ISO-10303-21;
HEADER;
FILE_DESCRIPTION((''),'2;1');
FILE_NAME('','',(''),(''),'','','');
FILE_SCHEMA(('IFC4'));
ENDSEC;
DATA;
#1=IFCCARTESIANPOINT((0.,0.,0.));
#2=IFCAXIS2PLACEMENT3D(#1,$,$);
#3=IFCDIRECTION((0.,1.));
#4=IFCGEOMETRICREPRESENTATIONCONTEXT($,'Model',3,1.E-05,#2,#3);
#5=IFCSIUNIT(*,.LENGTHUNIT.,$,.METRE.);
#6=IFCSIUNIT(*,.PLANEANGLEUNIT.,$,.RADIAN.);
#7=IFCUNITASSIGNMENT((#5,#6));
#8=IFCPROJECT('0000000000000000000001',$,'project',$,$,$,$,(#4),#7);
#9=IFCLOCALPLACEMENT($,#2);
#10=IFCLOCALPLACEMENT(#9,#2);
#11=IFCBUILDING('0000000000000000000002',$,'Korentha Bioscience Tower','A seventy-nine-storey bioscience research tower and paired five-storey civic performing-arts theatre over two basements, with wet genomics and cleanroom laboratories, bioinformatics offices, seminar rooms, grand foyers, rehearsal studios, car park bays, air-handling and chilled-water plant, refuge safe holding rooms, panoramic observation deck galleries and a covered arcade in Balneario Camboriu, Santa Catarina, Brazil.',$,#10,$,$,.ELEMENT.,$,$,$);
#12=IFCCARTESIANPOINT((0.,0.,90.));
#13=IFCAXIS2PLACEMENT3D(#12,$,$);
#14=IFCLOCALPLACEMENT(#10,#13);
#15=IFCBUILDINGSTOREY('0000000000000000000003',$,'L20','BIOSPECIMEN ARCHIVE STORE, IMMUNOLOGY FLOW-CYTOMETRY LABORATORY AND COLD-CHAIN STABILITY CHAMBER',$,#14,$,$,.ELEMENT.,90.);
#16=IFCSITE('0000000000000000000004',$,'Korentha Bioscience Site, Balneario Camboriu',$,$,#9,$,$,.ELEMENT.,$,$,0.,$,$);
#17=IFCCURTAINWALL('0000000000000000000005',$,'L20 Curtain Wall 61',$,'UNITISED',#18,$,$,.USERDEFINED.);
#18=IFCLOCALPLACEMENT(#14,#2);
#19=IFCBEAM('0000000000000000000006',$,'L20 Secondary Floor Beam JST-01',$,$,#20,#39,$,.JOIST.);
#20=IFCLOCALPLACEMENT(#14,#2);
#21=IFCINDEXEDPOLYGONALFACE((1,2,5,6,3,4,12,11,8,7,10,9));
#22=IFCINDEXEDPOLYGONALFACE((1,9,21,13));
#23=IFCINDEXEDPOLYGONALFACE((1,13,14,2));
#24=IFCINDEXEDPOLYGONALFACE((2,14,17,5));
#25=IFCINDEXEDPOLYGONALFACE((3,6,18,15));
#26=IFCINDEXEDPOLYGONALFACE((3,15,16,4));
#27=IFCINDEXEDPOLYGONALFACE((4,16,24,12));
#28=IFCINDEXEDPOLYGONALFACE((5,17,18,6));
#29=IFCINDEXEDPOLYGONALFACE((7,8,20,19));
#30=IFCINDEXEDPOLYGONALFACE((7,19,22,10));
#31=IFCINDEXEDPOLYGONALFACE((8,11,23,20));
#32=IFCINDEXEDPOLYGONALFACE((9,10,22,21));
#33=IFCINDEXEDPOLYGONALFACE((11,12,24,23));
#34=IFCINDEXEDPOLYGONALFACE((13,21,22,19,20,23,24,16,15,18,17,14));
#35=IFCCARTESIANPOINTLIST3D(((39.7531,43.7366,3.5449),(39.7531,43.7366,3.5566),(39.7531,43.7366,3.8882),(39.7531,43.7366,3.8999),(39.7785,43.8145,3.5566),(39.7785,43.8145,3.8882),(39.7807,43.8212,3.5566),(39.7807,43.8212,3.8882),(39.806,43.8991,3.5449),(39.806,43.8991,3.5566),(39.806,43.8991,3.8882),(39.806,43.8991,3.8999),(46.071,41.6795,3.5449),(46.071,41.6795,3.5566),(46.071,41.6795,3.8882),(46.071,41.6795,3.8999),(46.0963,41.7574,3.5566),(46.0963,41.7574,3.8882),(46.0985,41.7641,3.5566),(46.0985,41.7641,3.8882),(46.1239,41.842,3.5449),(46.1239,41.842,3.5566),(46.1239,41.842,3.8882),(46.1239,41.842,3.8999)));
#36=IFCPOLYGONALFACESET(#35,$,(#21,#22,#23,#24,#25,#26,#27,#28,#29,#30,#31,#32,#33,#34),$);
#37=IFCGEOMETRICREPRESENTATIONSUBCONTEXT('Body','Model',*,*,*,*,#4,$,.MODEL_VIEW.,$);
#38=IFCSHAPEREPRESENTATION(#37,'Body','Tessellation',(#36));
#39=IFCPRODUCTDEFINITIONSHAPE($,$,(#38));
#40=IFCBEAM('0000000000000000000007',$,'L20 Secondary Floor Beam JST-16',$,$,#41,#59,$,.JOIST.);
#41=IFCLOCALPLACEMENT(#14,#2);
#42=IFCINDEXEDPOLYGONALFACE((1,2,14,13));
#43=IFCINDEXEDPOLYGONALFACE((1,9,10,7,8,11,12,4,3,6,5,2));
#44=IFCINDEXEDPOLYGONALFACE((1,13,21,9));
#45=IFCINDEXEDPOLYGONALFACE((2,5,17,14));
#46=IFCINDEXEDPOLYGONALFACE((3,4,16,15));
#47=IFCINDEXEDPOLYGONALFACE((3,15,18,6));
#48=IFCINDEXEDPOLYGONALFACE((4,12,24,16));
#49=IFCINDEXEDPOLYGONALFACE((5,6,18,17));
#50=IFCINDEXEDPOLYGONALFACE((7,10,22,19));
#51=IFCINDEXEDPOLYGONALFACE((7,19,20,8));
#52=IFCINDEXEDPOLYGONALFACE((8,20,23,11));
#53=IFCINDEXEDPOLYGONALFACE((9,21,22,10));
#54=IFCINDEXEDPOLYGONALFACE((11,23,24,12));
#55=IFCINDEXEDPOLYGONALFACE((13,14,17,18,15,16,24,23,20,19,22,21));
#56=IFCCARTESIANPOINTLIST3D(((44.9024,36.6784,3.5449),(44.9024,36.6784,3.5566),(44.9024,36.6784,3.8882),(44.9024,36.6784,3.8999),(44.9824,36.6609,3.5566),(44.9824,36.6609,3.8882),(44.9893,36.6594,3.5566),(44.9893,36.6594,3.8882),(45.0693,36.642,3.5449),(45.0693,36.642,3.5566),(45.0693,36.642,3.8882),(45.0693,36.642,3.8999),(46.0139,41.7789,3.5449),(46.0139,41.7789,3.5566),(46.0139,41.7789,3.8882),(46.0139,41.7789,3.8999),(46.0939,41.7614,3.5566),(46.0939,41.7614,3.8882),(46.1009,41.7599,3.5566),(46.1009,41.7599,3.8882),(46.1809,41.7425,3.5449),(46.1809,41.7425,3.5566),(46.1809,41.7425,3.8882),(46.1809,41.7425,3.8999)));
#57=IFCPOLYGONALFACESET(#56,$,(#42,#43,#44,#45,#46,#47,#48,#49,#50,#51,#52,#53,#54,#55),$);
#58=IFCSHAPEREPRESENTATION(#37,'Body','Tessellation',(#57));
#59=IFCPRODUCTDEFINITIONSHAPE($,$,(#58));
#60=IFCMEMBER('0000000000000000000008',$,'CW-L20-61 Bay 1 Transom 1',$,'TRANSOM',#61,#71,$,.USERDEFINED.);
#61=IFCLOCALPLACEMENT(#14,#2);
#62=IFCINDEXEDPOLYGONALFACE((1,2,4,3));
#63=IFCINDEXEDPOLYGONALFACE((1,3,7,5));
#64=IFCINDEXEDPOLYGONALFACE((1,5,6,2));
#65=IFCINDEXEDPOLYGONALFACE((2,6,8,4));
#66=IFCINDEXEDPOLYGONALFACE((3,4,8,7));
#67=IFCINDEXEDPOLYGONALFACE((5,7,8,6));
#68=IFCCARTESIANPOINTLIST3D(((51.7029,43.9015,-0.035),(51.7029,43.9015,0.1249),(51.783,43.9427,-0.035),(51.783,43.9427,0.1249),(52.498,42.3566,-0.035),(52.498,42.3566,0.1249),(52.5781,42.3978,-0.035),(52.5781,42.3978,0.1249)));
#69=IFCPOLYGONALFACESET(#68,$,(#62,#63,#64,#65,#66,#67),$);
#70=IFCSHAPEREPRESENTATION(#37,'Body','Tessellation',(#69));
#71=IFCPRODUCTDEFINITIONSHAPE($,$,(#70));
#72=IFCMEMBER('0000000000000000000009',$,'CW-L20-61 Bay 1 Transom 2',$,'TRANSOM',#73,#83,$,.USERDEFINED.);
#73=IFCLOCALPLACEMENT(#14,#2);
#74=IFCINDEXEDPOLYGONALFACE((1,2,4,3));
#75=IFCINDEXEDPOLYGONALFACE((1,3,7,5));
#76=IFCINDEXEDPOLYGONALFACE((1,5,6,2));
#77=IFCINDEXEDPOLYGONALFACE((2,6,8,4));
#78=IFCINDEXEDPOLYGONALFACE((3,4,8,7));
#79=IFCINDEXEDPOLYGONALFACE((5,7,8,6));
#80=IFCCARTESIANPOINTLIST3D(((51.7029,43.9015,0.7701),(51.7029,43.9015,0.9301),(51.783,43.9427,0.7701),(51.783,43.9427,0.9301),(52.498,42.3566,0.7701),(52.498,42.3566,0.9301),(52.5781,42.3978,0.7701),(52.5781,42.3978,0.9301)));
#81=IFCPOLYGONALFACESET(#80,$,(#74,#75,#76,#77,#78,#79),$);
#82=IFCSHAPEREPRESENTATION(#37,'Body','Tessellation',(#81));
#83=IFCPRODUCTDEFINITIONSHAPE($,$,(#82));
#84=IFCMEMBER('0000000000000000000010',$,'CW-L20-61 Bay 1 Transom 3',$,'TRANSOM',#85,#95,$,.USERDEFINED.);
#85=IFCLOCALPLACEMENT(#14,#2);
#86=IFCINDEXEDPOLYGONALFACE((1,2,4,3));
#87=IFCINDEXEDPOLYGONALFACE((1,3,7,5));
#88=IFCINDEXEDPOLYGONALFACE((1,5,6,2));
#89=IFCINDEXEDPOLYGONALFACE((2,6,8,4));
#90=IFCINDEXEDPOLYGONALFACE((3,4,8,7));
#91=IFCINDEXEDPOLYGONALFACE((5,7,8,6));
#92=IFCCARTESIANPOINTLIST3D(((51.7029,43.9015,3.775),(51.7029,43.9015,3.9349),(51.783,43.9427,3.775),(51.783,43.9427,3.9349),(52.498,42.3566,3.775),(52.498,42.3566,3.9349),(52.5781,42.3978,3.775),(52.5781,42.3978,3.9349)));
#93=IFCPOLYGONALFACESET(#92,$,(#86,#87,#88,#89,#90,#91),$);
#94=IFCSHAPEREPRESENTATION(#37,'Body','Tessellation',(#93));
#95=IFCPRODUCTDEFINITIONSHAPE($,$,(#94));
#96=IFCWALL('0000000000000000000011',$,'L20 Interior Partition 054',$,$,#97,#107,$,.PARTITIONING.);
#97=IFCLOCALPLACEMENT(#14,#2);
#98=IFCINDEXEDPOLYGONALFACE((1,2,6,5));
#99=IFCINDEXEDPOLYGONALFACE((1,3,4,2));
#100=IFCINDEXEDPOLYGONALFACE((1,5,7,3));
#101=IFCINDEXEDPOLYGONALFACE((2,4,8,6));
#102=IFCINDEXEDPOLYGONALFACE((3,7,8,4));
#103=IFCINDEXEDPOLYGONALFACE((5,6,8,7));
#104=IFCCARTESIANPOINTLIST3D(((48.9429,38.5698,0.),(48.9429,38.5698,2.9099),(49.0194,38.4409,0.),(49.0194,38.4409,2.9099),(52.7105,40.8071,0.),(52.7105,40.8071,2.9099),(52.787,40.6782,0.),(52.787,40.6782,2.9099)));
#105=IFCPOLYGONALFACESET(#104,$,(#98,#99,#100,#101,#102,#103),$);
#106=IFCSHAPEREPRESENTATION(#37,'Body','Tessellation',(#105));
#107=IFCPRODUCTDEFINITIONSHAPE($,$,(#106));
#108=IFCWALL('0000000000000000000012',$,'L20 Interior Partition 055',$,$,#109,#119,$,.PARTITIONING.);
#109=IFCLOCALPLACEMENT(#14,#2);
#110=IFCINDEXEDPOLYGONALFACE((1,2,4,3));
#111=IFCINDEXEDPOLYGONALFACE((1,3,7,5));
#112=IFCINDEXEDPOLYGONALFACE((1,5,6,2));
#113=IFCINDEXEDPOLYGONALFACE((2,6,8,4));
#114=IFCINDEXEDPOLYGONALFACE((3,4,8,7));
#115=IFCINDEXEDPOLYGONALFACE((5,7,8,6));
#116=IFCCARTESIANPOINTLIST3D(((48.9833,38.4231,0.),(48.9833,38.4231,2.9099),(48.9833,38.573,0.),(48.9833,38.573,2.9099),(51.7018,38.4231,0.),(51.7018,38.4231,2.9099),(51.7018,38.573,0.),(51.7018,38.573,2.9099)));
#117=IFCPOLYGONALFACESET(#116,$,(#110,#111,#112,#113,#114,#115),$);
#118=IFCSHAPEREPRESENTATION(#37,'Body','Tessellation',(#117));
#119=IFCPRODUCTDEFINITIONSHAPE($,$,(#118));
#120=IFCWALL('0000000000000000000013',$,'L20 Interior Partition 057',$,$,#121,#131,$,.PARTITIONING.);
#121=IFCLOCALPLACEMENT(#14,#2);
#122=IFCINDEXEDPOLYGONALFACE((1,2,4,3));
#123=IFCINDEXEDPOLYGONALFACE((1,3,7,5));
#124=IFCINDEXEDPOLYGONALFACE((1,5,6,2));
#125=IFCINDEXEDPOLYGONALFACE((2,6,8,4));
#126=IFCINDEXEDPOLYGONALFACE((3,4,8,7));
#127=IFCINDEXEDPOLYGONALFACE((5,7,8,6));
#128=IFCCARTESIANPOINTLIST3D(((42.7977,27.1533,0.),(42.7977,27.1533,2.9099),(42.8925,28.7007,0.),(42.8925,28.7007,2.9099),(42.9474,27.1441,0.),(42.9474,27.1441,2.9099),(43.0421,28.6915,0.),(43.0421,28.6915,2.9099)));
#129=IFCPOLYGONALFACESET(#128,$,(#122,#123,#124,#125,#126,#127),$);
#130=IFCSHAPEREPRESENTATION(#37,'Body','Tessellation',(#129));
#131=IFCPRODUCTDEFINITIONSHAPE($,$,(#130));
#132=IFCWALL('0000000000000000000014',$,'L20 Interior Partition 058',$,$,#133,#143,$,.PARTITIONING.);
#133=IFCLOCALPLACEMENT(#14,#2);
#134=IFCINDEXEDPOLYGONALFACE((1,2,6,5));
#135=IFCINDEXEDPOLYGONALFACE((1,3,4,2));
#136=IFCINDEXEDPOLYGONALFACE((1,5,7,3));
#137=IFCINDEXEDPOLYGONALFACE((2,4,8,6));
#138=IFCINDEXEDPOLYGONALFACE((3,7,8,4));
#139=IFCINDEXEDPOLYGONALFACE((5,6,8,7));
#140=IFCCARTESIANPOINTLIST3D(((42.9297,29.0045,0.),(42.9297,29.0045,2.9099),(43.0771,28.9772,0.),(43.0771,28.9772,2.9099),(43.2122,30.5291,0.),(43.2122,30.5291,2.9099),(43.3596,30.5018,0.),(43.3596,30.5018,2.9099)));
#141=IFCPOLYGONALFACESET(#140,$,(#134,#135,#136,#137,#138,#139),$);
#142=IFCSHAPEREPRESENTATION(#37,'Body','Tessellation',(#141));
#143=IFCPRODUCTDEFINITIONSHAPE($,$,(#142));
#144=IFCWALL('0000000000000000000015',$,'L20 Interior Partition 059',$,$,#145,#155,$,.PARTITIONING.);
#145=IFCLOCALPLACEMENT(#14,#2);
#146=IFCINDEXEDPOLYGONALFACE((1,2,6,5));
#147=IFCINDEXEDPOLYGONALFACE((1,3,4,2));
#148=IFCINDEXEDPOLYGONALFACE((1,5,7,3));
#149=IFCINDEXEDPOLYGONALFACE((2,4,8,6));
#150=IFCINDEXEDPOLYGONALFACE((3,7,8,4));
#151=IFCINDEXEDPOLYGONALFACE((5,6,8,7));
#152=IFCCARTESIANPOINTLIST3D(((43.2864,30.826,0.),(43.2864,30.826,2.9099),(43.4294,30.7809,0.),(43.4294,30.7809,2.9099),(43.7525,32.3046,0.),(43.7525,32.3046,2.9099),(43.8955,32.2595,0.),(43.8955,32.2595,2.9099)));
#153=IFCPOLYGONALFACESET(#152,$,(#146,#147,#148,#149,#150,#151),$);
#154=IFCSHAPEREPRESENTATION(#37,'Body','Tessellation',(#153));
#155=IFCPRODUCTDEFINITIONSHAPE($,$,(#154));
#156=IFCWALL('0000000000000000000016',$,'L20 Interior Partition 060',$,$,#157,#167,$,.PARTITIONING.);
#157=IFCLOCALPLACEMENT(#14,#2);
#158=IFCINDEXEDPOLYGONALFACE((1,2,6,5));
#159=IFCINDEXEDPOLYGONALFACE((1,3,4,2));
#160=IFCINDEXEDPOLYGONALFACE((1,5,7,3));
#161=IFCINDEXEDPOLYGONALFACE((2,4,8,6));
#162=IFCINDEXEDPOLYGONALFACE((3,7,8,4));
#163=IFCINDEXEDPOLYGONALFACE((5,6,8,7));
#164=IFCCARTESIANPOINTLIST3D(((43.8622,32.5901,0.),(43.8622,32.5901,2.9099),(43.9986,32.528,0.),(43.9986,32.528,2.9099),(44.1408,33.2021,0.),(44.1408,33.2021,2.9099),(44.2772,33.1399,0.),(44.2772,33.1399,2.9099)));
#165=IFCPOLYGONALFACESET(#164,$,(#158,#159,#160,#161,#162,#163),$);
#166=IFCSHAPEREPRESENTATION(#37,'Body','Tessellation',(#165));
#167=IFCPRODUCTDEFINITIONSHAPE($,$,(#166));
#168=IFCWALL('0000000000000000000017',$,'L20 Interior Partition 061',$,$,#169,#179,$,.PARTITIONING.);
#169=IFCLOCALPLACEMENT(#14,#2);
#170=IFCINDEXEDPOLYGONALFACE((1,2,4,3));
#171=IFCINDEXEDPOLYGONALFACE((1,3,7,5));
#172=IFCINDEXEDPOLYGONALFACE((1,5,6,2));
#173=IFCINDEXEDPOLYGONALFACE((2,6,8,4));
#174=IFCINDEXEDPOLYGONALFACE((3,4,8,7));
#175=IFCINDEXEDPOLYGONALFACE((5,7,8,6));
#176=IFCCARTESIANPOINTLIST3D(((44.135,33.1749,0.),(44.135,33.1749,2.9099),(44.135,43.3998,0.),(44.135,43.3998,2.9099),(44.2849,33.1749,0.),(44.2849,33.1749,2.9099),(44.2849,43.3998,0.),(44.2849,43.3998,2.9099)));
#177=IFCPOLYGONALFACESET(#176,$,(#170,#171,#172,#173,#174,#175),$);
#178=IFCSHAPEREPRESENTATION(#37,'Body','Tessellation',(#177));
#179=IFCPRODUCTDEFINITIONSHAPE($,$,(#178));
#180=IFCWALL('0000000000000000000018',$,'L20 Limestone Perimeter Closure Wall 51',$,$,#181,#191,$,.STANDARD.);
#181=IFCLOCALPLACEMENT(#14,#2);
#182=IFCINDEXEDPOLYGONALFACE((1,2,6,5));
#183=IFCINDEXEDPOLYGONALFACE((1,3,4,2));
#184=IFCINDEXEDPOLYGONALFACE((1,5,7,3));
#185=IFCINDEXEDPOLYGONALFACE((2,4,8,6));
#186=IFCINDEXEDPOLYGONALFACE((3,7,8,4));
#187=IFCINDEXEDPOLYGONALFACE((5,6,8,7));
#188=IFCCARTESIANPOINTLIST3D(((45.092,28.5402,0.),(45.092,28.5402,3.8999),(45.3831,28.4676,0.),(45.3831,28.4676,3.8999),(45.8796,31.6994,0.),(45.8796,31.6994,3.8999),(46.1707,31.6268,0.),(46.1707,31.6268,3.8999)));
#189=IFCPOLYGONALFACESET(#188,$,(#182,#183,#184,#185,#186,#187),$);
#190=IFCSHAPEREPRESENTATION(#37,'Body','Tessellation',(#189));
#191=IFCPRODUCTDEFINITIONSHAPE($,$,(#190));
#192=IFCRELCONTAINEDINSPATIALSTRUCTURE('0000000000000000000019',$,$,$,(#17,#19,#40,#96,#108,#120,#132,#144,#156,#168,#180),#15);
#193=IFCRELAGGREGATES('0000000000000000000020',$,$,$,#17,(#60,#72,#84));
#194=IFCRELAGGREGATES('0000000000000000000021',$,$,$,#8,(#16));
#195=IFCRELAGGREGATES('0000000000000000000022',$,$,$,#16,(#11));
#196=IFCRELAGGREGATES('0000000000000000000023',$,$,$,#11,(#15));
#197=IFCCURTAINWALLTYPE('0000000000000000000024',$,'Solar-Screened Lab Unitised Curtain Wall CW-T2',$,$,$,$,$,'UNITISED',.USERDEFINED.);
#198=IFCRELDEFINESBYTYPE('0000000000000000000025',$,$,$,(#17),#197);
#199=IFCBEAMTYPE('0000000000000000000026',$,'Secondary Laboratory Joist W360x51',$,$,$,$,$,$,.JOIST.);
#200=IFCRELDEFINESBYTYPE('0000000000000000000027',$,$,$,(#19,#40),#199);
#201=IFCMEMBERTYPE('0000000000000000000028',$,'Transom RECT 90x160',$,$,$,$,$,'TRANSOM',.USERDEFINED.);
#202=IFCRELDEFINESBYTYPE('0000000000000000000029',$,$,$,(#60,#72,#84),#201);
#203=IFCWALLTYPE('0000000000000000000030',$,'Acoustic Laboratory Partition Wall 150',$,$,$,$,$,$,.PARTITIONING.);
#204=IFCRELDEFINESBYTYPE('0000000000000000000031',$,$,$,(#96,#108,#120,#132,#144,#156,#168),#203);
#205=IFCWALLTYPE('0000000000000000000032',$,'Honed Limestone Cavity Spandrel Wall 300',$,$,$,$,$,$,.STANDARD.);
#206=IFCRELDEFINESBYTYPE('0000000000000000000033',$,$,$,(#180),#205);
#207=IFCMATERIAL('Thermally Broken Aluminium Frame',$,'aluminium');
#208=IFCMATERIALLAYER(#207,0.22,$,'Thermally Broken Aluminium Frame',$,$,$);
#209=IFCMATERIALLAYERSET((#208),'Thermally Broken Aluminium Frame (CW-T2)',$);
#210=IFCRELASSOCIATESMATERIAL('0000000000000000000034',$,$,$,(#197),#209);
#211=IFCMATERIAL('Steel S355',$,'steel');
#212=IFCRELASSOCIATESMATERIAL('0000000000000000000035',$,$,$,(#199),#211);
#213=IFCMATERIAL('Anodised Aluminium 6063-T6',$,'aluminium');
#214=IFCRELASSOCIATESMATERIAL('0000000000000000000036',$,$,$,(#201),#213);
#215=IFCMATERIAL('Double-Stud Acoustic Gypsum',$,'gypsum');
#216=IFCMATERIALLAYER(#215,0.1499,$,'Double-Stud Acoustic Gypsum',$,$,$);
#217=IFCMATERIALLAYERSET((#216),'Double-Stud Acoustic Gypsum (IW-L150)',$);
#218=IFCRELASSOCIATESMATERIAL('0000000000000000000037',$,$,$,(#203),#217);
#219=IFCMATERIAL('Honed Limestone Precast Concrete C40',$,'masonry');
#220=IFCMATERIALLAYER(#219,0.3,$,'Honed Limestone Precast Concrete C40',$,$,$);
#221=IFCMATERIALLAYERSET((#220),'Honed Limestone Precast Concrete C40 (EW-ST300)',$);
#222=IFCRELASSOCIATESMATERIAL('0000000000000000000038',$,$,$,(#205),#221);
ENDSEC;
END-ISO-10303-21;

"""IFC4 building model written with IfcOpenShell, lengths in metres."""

from ifc_helpers import new_model, si_unit, direction, frame, frame_2d, origin, origin_2d, place, context, subcontext, project, spatial, rectangle, i_section, extrude, material, layer, layer_set, material_profile, profile_set, type_object, element, aggregate, save


model = new_model("IFC4")

# Units and contexts
model_context = context("Model", 3, precision=1e-05, world=origin(), true_north=direction((0.0, 1.0)))
body_context = subcontext(model_context, "Body", "Model", "MODEL_VIEW")
ifc_project = project(units=[si_unit("LENGTHUNIT", "METRE"), si_unit("PLANEANGLEUNIT", "RADIAN")], contexts=[model_context])

# Site, building, storey
site_placement = place(None, origin())
site = spatial("IfcSite", under=ifc_project, at=site_placement, Name="Korentha Bioscience Site, Balneario Camboriu", CompositionType="ELEMENT", RefElevation=0.0)
building_placement = place(site_placement, origin())
building = spatial("IfcBuilding", under=site, at=building_placement, Name="Korentha Bioscience Tower", Description="A seventy-nine-storey bioscience research tower and paired five-storey civic performing-arts theatre over two basements, with wet genomics and cleanroom laboratories, bioinformatics offices, seminar rooms, grand foyers, rehearsal studios, car park bays, air-handling and chilled-water plant, refuge safe holding rooms, panoramic observation deck galleries and a covered arcade in Balneario Camboriu, Santa Catarina, Brazil.", CompositionType="ELEMENT")
storey_placement = place(building_placement, frame((0.0, 0.0, 90.0)))
storey = spatial("IfcBuildingStorey", under=building, at=storey_placement, Name="L20", Description="BIOSPECIMEN ARCHIVE STORE, IMMUNOLOGY FLOW-CYTOMETRY LABORATORY AND COLD-CHAIN STABILITY CHAMBER", CompositionType="ELEMENT", Elevation=90.0)

# Shared definitions
ifc_material_1 = material(Name="Steel S355", Category="steel")

# Curtain wall
ifc_material_2 = material(Name="Thermally Broken Aluminium Frame", Category="aluminium")
ifc_layer_1 = layer(ifc_material_2, 0.22, Name="Thermally Broken Aluminium Frame")
ifc_layer_set_1 = layer_set([ifc_layer_1], Name="Thermally Broken Aluminium Frame (CW-T2)")
curtain_wall_type = type_object("IfcCurtainWallType", Name="Solar-Screened Lab Unitised Curtain Wall CW-T2", ElementType="UNITISED", PredefinedType="USERDEFINED", material=ifc_layer_set_1)
curtain_wall_placement = place(storey_placement, origin())
curtain_wall = element("IfcCurtainWall", 1, at=curtain_wall_placement, inside=storey, type_object=curtain_wall_type, Name="L20 Curtain Wall 61", ObjectType="UNITISED", PredefinedType="USERDEFINED")
ifc_material_3 = material(Name="Anodised Aluminium 6063-T6", Category="aluminium")

# Beams
ifc_material_profile_1 = material_profile(ifc_material_1, i_section(OverallWidth=0.1709, OverallDepth=0.355, WebThickness=0.0071, FlangeThickness=0.0117, at=origin_2d()), Name="Steel S355")
ifc_profile_set_1 = profile_set([ifc_material_profile_1], Name="Steel S355 (JB-360)")
beam_type_1 = type_object("IfcBeamType", Name="Secondary Laboratory Joist W360x51", PredefinedType="JOIST", material=ifc_profile_set_1)
beam_1_placement = place(storey_placement, frame((46.0974, 41.7607, 3.7224), z_axis=(-0.950865, 0.309606, 0.0), x_axis=(-0.309606, -0.950865, 0.0)))
element("IfcBeam", 2, at=beam_1_placement, inside=storey, type_object=beam_type_1, Name="L20 Secondary Floor Beam JST-01", PredefinedType="JOIST", context=body_context, shape_type="SweptSolid", body=[
    extrude(i_section(OverallWidth=0.1709, OverallDepth=0.355, WebThickness=0.0071, FlangeThickness=0.0117, at=origin_2d()), origin(), (0.0, 0.0, 1.0), 6.6443),
])
beam_2_placement = place(storey_placement, frame((44.9858, 36.6602, 3.7224), z_axis=(0.212932, 0.977067, 0.0), x_axis=(-0.977067, 0.212932, 0.0)))
element("IfcBeam", 3, at=beam_2_placement, inside=storey, type_object=beam_type_1, Name="L20 Secondary Floor Beam JST-16", PredefinedType="JOIST", context=body_context, shape_type="SweptSolid", body=[
    extrude(i_section(OverallWidth=0.1709, OverallDepth=0.355, WebThickness=0.0071, FlangeThickness=0.0117, at=origin_2d()), origin(), (0.0, 0.0, 1.0), 5.2202),
])

# Members
ifc_material_profile_2 = material_profile(ifc_material_3, rectangle(XDim=0.0901, YDim=0.1599, at=origin_2d()), Name="Anodised Aluminium 6063-T6")
ifc_profile_set_2 = profile_set([ifc_material_profile_2], Name="Anodised Aluminium 6063-T6 (CW-TRN)")
member_type_1 = type_object("IfcMemberType", Name="Transom RECT 90x160", ElementType="TRANSOM", PredefinedType="USERDEFINED", material=ifc_profile_set_2)
member_1_placement = place(storey_placement, frame((52.5381, 42.3772, 0.0449), z_axis=(-0.457637, 0.889139, 0.0), x_axis=(-0.889139, -0.457637, 0.0)))
member_1 = element("IfcMember", 4, at=member_1_placement, type_object=member_type_1, Name="CW-L20-61 Bay 1 Transom 1", ObjectType="TRANSOM", PredefinedType="USERDEFINED", context=body_context, shape_type="SweptSolid", body=[
    extrude(rectangle(XDim=0.0901, YDim=0.1599, at=origin_2d()), origin(), (0.0, 0.0, 1.0), 1.7375),
])
member_2_placement = place(storey_placement, frame((52.5381, 42.3772, 0.8501), z_axis=(-0.457637, 0.889139, 0.0), x_axis=(-0.889139, -0.457637, 0.0)))
member_2 = element("IfcMember", 5, at=member_2_placement, type_object=member_type_1, Name="CW-L20-61 Bay 1 Transom 2", ObjectType="TRANSOM", PredefinedType="USERDEFINED", context=body_context, shape_type="SweptSolid", body=[
    extrude(rectangle(XDim=0.0901, YDim=0.1599, at=origin_2d()), origin(), (0.0, 0.0, 1.0), 1.7375),
])
member_3_placement = place(storey_placement, frame((52.5381, 42.3772, 3.855), z_axis=(-0.457637, 0.889139, 0.0), x_axis=(-0.889139, -0.457637, 0.0)))
member_3 = element("IfcMember", 6, at=member_3_placement, type_object=member_type_1, Name="CW-L20-61 Bay 1 Transom 3", ObjectType="TRANSOM", PredefinedType="USERDEFINED", context=body_context, shape_type="SweptSolid", body=[
    extrude(rectangle(XDim=0.0901, YDim=0.1599, at=origin_2d()), origin(), (0.0, 0.0, 1.0), 1.7375),
])
aggregate(curtain_wall, [member_1, member_2, member_3])

# Walls
ifc_material_4 = material(Name="Double-Stud Acoustic Gypsum", Category="gypsum")
ifc_layer_2 = layer(ifc_material_4, 0.1499, Name="Double-Stud Acoustic Gypsum")
ifc_layer_set_2 = layer_set([ifc_layer_2], Name="Double-Stud Acoustic Gypsum (IW-L150)")
wall_type_1 = type_object("IfcWallType", Name="Acoustic Laboratory Partition Wall 150", PredefinedType="PARTITIONING", material=ifc_layer_set_2)
wall_1_placement = place(storey_placement, frame((52.7488, 40.7427, 0.0), z_axis=(0.0, 0.0, 1.0), x_axis=(-0.859824, -0.51059, 0.0)))
element("IfcWall", 7, at=wall_1_placement, inside=storey, type_object=wall_type_1, Name="L20 Interior Partition 054", PredefinedType="PARTITIONING", context=body_context, shape_type="SweptSolid", body=[
    extrude(rectangle(XDim=4.3818, YDim=0.1499, at=frame_2d((2.1909, 0.0))), origin(), (0.0, 0.0, 1.0), 2.9099),
])
wall_2_placement = place(storey_placement, frame((48.9832, 38.498, 0.0), z_axis=(0.0, 0.0, 1.0), x_axis=(1.0, 0.0, 0.0)))
element("IfcWall", 8, at=wall_2_placement, inside=storey, type_object=wall_type_1, Name="L20 Interior Partition 055", PredefinedType="PARTITIONING", context=body_context, shape_type="SweptSolid", body=[
    extrude(rectangle(XDim=2.7185, YDim=0.1499, at=frame_2d((1.3594, 0.0))), origin(), (0.0, 0.0, 1.0), 2.9099),
])
wall_3_placement = place(storey_placement, frame((42.8726, 27.1487, 0.0), z_axis=(0.0, 0.0, 1.0), x_axis=(0.061104, 0.998131, 0.0)))
element("IfcWall", 9, at=wall_3_placement, inside=storey, type_object=wall_type_1, Name="L20 Interior Partition 057", PredefinedType="PARTITIONING", context=body_context, shape_type="SweptSolid", body=[
    extrude(rectangle(XDim=1.5503, YDim=0.1499, at=frame_2d((0.7751, 0.0))), origin(), (0.0, 0.0, 1.0), 2.9099),
])
wall_4_placement = place(storey_placement, frame((43.0034, 28.9907, 0.0), z_axis=(0.0, 0.0, 1.0), x_axis=(0.182168, 0.983267, 0.0)))
element("IfcWall", 10, at=wall_4_placement, inside=storey, type_object=wall_type_1, Name="L20 Interior Partition 058", PredefinedType="PARTITIONING", context=body_context, shape_type="SweptSolid", body=[
    extrude(rectangle(XDim=1.5505, YDim=0.1499, at=frame_2d((0.7754, 0.0))), origin(), (0.0, 0.0, 1.0), 2.9099),
])
wall_5_placement = place(storey_placement, frame((43.3579, 30.8035, 0.0), z_axis=(0.0, 0.0, 1.0), x_axis=(0.300641, 0.953737, 0.0)))
element("IfcWall", 11, at=wall_5_placement, inside=storey, type_object=wall_type_1, Name="L20 Interior Partition 059", PredefinedType="PARTITIONING", context=body_context, shape_type="SweptSolid", body=[
    extrude(rectangle(XDim=1.5503, YDim=0.1499, at=frame_2d((0.7751, 0.0))), origin(), (0.0, 0.0, 1.0), 2.9099),
])
wall_6_placement = place(storey_placement, frame((43.9304, 32.5591, 0.0), z_axis=(0.0, 0.0, 1.0), x_axis=(0.414377, 0.910105, 0.0)))
element("IfcWall", 12, at=wall_6_placement, inside=storey, type_object=wall_type_1, Name="L20 Interior Partition 060", PredefinedType="PARTITIONING", context=body_context, shape_type="SweptSolid", body=[
    extrude(rectangle(XDim=0.6724, YDim=0.1499, at=frame_2d((0.3362, 0.0))), origin(), (0.0, 0.0, 1.0), 2.9099),
])
wall_7_placement = place(storey_placement, frame((44.21, 33.175, 0.0), z_axis=(0.0, 0.0, 1.0), x_axis=(0.0, 1.0, 0.0)))
element("IfcWall", 13, at=wall_7_placement, inside=storey, type_object=wall_type_1, Name="L20 Interior Partition 061", PredefinedType="PARTITIONING", context=body_context, shape_type="SweptSolid", body=[
    extrude(rectangle(XDim=10.2249, YDim=0.1499, at=frame_2d((5.1123, 0.0))), origin(), (0.0, 0.0, 1.0), 2.9099),
])
ifc_material_5 = material(Name="Honed Limestone Precast Concrete C40", Category="masonry")
ifc_layer_3 = layer(ifc_material_5, 0.3, Name="Honed Limestone Precast Concrete C40")
ifc_layer_set_3 = layer_set([ifc_layer_3], Name="Honed Limestone Precast Concrete C40 (EW-ST300)")
wall_type_2 = type_object("IfcWallType", Name="Honed Limestone Cavity Spandrel Wall 300", PredefinedType="STANDARD", material=ifc_layer_set_3)
wall_8_placement = place(storey_placement, frame((45.2375, 28.5039, 0.0), z_axis=(0.0, 0.0, 1.0), x_axis=(0.2419, 0.970301, 0.0)))
element("IfcWall", 14, at=wall_8_placement, inside=storey, type_object=wall_type_2, Name="L20 Limestone Perimeter Closure Wall 51", PredefinedType="STANDARD", context=body_context, shape_type="SweptSolid", body=[
    extrude(rectangle(XDim=3.2559, YDim=0.3, at=frame_2d((1.6279, 0.0))), origin(), (0.0, 0.0, 1.0), 3.8999),
])

save(model, "model.ifc")
